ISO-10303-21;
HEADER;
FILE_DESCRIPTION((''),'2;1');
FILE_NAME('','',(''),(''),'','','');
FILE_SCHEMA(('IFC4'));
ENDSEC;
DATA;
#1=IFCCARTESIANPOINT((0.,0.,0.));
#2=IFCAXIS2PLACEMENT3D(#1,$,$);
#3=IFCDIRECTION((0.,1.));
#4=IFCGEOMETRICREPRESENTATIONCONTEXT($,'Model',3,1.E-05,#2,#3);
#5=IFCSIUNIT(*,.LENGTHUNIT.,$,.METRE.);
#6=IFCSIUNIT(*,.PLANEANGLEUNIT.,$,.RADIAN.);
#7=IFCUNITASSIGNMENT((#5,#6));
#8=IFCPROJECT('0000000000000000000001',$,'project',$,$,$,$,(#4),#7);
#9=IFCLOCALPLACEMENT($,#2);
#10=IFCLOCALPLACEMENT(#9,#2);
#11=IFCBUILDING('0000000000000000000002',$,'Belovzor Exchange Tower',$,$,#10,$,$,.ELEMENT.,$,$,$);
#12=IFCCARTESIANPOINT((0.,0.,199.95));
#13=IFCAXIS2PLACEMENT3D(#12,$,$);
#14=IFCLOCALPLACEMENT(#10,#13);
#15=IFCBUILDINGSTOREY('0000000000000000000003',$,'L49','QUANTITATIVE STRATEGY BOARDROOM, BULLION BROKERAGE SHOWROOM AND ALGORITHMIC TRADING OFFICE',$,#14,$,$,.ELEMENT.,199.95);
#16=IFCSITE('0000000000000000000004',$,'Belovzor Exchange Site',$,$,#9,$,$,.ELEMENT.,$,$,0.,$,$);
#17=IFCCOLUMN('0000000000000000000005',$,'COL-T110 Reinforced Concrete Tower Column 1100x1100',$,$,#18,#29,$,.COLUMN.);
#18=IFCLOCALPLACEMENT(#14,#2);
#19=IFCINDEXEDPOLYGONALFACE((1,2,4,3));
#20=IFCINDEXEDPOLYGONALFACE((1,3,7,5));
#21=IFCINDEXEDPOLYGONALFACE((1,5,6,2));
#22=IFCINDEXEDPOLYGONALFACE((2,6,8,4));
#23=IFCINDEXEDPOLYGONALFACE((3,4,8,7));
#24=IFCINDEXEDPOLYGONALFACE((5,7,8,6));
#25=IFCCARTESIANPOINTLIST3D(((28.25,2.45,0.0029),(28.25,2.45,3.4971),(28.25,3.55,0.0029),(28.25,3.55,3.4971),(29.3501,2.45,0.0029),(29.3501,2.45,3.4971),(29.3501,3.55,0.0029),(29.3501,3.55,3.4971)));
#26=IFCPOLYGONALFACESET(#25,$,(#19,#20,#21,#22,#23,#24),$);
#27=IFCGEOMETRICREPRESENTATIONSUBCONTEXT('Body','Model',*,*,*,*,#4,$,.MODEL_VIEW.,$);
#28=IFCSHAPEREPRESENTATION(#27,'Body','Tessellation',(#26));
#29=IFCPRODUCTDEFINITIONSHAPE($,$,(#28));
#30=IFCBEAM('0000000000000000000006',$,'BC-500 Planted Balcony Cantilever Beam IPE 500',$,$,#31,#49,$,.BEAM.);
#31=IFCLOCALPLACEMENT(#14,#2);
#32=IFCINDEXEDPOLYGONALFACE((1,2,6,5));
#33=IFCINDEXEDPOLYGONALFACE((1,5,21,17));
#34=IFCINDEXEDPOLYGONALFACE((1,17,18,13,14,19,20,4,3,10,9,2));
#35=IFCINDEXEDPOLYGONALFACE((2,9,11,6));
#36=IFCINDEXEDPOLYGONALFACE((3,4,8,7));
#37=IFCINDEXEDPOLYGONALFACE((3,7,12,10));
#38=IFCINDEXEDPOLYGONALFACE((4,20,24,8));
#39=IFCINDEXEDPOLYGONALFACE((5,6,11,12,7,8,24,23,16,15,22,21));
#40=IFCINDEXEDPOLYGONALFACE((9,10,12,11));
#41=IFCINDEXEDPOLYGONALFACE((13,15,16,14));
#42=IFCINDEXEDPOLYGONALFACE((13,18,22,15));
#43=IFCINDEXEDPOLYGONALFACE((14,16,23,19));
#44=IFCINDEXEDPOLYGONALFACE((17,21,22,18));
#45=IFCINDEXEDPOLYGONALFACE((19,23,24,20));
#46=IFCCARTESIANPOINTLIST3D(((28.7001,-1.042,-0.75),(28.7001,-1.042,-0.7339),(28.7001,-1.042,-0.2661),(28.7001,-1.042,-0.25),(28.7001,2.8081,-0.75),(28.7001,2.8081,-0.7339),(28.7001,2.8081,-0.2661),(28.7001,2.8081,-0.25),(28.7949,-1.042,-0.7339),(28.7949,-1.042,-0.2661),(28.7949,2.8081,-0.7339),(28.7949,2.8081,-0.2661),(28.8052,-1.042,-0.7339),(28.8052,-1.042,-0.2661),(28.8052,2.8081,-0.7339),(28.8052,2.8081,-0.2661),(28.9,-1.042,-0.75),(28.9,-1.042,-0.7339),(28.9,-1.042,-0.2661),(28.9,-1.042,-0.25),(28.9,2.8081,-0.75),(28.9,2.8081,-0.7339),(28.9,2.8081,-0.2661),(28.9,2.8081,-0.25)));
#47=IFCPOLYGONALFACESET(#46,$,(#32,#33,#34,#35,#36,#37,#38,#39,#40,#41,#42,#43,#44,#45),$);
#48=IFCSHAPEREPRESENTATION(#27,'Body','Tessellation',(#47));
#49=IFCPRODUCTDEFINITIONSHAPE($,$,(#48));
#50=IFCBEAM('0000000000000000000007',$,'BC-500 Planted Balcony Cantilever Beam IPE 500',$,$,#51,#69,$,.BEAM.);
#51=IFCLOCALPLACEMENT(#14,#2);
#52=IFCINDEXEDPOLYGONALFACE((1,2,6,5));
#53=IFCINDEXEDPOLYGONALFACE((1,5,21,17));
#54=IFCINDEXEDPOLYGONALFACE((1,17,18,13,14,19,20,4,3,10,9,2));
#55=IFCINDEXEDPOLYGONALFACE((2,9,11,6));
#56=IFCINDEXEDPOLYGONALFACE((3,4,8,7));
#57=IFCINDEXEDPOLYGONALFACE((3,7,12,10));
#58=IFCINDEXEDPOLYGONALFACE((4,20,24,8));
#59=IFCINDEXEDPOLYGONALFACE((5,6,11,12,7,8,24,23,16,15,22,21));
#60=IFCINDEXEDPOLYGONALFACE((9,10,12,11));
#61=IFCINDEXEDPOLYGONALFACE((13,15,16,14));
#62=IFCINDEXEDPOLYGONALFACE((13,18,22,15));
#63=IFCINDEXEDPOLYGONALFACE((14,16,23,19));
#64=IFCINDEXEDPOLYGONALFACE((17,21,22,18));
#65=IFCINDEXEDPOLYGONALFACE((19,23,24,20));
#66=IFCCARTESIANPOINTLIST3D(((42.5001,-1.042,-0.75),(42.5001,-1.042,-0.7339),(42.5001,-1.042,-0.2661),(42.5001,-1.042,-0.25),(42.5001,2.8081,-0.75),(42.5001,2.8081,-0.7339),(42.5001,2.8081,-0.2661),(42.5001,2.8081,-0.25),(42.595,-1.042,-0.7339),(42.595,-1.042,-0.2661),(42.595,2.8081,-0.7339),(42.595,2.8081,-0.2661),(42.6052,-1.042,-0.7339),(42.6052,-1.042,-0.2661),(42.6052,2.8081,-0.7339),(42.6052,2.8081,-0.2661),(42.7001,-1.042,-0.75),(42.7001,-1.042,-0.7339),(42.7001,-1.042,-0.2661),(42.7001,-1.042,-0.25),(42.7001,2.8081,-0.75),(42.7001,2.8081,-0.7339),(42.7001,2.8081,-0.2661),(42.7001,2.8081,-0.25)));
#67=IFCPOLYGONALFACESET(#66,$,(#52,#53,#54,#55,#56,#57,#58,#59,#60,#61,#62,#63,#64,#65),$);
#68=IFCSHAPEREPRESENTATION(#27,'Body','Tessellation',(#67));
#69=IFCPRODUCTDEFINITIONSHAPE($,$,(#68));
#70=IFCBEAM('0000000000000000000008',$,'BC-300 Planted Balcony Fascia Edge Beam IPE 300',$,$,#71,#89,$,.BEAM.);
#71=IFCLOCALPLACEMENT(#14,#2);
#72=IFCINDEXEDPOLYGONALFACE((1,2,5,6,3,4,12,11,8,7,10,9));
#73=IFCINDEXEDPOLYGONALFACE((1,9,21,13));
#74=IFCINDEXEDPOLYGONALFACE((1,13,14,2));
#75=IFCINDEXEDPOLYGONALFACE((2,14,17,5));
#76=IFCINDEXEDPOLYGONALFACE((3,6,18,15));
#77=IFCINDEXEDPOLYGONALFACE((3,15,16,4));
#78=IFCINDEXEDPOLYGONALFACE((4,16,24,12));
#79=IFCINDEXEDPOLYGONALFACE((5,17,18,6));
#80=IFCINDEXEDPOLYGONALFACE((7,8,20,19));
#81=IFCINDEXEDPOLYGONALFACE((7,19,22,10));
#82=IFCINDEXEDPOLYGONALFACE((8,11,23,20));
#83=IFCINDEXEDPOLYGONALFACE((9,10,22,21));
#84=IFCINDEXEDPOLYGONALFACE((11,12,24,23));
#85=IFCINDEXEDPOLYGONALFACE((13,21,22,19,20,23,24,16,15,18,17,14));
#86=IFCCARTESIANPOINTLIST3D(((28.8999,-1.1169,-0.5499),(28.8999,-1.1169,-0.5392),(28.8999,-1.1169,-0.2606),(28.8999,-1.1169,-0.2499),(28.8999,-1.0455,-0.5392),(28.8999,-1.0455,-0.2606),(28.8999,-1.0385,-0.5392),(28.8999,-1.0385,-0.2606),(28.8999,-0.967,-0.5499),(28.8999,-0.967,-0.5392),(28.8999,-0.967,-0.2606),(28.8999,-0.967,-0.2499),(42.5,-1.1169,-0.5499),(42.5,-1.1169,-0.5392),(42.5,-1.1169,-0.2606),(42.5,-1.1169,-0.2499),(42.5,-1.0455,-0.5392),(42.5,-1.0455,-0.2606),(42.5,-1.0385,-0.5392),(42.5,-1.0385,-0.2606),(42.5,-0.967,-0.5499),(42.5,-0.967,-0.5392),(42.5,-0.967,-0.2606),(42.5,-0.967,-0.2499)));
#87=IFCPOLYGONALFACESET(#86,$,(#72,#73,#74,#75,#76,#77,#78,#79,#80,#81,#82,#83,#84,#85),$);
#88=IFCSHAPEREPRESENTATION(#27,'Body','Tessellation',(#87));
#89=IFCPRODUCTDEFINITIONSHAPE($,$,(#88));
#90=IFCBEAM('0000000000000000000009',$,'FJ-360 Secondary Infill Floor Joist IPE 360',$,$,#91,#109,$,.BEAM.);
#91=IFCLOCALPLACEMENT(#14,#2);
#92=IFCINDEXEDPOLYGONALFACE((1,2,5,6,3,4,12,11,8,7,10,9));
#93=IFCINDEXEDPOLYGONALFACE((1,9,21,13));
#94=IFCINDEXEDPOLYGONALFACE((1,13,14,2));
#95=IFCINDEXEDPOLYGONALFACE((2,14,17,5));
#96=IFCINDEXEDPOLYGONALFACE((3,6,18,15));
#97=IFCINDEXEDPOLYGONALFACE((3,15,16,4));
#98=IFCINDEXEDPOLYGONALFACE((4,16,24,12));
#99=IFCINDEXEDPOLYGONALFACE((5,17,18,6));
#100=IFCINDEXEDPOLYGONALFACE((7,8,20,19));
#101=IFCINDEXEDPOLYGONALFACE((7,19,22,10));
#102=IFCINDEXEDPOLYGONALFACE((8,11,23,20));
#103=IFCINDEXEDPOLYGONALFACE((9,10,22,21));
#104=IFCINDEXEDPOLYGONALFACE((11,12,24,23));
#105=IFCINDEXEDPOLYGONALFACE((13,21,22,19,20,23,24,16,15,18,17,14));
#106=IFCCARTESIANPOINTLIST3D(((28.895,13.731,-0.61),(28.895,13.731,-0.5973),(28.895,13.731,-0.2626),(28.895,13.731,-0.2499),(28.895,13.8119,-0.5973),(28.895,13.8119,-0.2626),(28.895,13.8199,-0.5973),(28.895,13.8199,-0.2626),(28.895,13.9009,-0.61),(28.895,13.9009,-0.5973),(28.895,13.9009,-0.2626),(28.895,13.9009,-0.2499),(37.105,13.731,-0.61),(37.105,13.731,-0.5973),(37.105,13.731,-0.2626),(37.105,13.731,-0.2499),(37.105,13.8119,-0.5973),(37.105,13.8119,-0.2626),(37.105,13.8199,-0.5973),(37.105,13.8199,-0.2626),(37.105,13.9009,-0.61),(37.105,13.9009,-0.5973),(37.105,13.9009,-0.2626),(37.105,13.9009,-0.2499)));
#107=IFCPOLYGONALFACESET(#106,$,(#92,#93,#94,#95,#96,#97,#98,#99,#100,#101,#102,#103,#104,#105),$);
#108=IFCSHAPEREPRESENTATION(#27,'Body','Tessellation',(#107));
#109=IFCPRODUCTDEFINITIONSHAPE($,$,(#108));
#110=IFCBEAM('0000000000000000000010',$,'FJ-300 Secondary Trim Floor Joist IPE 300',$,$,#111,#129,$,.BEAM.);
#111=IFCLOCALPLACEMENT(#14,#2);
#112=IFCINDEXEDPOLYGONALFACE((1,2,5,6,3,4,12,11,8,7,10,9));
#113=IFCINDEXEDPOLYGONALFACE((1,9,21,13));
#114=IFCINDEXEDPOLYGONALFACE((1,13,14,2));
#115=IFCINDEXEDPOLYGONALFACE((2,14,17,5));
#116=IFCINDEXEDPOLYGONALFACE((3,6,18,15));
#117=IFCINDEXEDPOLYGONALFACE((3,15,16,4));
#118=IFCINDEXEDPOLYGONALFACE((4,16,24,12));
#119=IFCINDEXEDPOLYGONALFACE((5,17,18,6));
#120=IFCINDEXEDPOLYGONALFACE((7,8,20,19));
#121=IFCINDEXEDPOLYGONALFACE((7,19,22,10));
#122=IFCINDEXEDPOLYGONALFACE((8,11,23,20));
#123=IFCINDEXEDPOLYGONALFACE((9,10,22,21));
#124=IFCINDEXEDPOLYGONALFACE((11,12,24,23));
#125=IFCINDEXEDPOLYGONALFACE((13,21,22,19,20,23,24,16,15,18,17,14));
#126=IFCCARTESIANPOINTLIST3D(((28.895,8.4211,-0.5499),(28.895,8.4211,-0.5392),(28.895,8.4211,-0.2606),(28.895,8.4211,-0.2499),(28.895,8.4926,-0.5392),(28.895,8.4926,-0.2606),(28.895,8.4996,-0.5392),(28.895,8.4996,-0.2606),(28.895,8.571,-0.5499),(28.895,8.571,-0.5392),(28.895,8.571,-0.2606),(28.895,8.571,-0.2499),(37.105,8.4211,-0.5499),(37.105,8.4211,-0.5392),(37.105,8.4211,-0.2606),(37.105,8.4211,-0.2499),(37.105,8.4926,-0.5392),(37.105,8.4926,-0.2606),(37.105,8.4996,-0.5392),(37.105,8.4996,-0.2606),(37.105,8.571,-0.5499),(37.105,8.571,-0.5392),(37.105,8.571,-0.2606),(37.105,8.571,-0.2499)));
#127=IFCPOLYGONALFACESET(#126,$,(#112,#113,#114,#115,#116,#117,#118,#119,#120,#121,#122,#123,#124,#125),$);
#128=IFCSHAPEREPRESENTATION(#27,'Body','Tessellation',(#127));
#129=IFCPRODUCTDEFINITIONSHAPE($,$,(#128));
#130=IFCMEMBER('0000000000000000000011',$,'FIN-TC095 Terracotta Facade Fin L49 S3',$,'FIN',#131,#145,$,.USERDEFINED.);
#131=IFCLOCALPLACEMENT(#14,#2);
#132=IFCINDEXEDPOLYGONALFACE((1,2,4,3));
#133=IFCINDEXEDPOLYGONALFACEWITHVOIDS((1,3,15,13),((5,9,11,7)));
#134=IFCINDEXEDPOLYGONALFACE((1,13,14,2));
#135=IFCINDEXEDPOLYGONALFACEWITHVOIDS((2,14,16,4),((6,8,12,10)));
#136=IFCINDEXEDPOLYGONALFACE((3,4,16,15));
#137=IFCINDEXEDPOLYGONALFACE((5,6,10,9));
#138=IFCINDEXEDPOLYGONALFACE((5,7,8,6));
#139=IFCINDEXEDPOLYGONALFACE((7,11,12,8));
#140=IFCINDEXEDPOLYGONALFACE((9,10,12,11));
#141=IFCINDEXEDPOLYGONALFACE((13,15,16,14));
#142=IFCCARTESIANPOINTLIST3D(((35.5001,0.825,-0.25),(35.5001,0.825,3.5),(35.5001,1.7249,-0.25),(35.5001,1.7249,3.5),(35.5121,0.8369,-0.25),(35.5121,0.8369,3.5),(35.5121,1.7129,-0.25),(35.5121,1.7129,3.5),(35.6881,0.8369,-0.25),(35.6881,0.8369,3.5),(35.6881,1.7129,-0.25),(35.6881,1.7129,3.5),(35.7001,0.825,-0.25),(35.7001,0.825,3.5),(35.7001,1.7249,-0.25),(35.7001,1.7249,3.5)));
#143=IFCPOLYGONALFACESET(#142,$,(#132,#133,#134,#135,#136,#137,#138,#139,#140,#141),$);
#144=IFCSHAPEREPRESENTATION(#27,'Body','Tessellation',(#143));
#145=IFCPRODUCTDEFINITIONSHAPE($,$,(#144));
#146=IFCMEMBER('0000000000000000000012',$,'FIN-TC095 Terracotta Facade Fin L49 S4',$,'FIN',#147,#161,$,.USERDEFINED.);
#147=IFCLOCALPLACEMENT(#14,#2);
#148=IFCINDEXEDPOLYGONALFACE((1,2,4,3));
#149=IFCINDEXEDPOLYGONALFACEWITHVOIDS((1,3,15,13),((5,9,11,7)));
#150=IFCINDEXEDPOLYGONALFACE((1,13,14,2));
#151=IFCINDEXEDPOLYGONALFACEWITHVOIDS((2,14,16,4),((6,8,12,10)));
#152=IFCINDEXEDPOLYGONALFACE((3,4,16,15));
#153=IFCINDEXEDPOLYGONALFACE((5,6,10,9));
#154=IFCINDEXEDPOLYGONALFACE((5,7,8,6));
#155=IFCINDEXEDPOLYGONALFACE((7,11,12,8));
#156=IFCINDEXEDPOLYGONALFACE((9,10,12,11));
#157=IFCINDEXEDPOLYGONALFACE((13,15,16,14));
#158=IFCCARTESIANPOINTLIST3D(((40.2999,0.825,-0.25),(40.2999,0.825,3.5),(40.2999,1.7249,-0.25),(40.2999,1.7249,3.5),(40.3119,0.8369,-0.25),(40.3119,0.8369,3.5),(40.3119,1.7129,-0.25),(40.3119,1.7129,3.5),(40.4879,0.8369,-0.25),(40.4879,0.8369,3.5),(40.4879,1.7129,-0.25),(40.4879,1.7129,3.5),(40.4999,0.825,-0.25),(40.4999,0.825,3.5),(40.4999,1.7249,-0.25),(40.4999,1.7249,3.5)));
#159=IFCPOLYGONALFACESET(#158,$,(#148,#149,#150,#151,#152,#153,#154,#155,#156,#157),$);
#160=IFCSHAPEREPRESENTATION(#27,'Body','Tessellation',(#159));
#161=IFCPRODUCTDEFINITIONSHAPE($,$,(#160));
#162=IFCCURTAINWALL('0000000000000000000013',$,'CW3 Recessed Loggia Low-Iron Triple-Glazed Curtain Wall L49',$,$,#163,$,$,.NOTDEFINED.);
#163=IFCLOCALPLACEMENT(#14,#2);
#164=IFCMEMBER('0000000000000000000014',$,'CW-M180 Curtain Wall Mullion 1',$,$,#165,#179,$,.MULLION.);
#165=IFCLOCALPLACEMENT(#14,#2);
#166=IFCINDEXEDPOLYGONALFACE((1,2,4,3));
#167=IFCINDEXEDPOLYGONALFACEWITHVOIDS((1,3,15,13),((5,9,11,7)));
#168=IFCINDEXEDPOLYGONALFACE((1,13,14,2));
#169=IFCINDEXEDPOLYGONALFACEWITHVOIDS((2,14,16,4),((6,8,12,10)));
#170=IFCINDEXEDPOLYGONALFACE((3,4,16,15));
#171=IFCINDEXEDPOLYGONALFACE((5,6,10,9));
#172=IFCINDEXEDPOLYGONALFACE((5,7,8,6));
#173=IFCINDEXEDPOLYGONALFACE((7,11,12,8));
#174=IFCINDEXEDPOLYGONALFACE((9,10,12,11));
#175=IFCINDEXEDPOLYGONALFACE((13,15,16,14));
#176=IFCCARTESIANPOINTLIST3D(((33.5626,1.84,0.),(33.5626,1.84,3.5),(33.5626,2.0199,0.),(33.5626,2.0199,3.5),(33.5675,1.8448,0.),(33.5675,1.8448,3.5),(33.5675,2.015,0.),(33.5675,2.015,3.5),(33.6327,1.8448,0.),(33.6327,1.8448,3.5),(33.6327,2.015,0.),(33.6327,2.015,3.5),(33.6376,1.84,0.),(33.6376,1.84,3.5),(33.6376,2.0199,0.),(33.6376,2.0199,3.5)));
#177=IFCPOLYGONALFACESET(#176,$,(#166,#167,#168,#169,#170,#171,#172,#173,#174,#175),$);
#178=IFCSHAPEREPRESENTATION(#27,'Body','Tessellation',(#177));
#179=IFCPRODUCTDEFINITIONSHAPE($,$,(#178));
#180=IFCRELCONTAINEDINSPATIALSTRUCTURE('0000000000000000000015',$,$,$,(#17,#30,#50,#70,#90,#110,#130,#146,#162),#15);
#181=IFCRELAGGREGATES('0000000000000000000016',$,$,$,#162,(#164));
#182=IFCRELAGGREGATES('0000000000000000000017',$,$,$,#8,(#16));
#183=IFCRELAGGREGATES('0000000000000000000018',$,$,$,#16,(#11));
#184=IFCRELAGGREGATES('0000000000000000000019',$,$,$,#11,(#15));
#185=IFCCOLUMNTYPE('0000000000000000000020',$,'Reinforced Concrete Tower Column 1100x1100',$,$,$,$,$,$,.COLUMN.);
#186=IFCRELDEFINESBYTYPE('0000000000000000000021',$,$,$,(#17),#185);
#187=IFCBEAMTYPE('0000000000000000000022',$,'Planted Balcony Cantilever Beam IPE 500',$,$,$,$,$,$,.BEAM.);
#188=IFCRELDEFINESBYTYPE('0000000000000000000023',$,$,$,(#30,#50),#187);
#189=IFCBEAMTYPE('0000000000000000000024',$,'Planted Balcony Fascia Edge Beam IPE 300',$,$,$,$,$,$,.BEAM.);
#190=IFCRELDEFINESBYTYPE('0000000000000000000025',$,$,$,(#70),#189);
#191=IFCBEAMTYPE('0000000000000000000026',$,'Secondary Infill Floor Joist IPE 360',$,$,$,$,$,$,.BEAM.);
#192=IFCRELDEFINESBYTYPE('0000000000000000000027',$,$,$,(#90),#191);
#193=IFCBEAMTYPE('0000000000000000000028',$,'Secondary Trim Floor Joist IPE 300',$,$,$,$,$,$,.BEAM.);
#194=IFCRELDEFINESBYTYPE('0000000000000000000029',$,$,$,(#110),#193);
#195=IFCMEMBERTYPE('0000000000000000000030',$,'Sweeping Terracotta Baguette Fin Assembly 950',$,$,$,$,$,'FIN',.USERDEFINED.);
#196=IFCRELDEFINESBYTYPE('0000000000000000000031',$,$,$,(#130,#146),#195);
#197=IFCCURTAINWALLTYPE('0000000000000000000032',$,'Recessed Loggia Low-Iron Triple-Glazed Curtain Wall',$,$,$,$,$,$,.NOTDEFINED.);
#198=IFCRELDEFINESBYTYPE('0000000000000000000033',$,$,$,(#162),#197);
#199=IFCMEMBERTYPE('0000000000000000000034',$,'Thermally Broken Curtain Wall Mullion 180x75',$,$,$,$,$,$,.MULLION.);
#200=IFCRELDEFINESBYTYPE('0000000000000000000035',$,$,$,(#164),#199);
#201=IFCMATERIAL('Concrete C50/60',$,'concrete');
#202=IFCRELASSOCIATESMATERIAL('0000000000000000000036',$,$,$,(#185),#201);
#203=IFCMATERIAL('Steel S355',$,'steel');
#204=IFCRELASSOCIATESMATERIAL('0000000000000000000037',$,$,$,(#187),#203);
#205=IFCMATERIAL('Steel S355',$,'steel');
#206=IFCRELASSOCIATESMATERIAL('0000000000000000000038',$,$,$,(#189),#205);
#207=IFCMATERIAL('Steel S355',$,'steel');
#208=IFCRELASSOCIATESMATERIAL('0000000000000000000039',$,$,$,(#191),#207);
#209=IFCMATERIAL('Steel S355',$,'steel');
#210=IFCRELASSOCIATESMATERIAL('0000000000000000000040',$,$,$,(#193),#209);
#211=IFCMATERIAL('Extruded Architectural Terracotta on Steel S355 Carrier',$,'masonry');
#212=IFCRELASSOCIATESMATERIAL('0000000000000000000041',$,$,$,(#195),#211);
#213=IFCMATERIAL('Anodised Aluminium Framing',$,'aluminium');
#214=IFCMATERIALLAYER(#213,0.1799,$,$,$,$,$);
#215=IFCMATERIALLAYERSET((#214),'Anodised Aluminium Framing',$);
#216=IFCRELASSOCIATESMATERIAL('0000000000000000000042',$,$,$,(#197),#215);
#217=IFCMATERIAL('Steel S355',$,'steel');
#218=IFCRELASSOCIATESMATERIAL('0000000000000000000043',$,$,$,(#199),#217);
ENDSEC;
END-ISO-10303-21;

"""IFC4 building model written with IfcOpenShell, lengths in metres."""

from ifc_helpers import new_model, si_unit, direction, frame, origin, origin_2d, place, context, subcontext, project, spatial, rectangle, hollow_rectangle, i_section, extrude, material, layer, layer_set, material_profile, profile_set, type_object, element, aggregate, save


model = new_model("IFC4")

# Units and contexts
model_context = context("Model", 3, precision=1e-05, world=origin(), true_north=direction((0.0, 1.0)))
body_context = subcontext(model_context, "Body", "Model", "MODEL_VIEW")
ifc_project = project(units=[si_unit("LENGTHUNIT", "METRE"), si_unit("PLANEANGLEUNIT", "RADIAN")], contexts=[model_context])

# Site, building, storey
site_placement = place(None, origin())
site = spatial("IfcSite", under=ifc_project, at=site_placement, Name="Belovzor Exchange Site", CompositionType="ELEMENT", RefElevation=0.0)
building_placement = place(site_placement, origin())
building = spatial("IfcBuilding", under=site, at=building_placement, Name="Belovzor Exchange Tower", CompositionType="ELEMENT")
storey_placement = place(building_placement, frame((0.0, 0.0, 199.95)))
storey = spatial("IfcBuildingStorey", under=building, at=storey_placement, Name="L49", Description="QUANTITATIVE STRATEGY BOARDROOM, BULLION BROKERAGE SHOWROOM AND ALGORITHMIC TRADING OFFICE", CompositionType="ELEMENT", Elevation=199.95)

# Column
ifc_material_1 = material(Name="Concrete C50/60", Category="concrete")
ifc_material_profile_1 = material_profile(ifc_material_1, rectangle(XDim=1.1001, YDim=1.1001, at=origin_2d()))
ifc_profile_set_1 = profile_set([ifc_material_profile_1], Name="Concrete C50/60")
column_type = type_object("IfcColumnType", Name="Reinforced Concrete Tower Column 1100x1100", PredefinedType="COLUMN", material=ifc_profile_set_1)
column_placement = place(storey_placement, frame((28.8, 3.0, 0.0029), z_axis=(0.0, 0.0, 1.0), x_axis=(1.0, 0.0, 0.0)))
element("IfcColumn", 1, at=column_placement, inside=storey, type_object=column_type, Name="COL-T110 Reinforced Concrete Tower Column 1100x1100", PredefinedType="COLUMN", context=body_context, shape_type="SweptSolid", body=[
    extrude(rectangle(XDim=1.1001, YDim=1.1001, at=origin_2d()), origin(), (0.0, 0.0, 1.0), 3.4941),
])

# Beams
ifc_material_2 = material(Name="Steel S355", Category="steel")
ifc_material_profile_2 = material_profile(ifc_material_2, i_section(OverallWidth=0.2, OverallDepth=0.5, WebThickness=0.0103, FlangeThickness=0.0161, at=origin_2d()))
ifc_profile_set_2 = profile_set([ifc_material_profile_2], Name="Steel S355")
beam_type_1 = type_object("IfcBeamType", Name="Planted Balcony Cantilever Beam IPE 500", PredefinedType="BEAM", material=ifc_profile_set_2)
for number, where, z_axis, x_axis, name in (
    (2, (28.8, 2.8081, -0.5), (0.0, -1.0, 0.0), (1.0, 0.0, 0.0), "BC-500 Planted Balcony Cantilever Beam IPE 500"),
    (3, (42.6001, 2.8081, -0.5), (0.0, -1.0, 0.0), (1.0, 0.0, 0.0), "BC-500 Planted Balcony Cantilever Beam IPE 500"),
):
    element("IfcBeam", number, at=place(storey_placement, frame(where, z_axis=z_axis, x_axis=x_axis)), inside=storey, type_object=beam_type_1, Name=name, PredefinedType="BEAM", context=body_context, shape_type="SweptSolid", body=[
        extrude(i_section(OverallWidth=0.2, OverallDepth=0.5, WebThickness=0.0103, FlangeThickness=0.0161, at=origin_2d()), origin(), (0.0, 0.0, 1.0), 3.8501),
    ])
ifc_material_3 = material(Name="Steel S355", Category="steel")
ifc_material_profile_3 = material_profile(ifc_material_3, i_section(OverallWidth=0.1499, OverallDepth=0.3, WebThickness=0.0071, FlangeThickness=0.0107, at=origin_2d()))
ifc_profile_set_3 = profile_set([ifc_material_profile_3], Name="Steel S355")
beam_type_2 = type_object("IfcBeamType", Name="Planted Balcony Fascia Edge Beam IPE 300", PredefinedType="BEAM", material=ifc_profile_set_3)
beam_1_placement = place(storey_placement, frame((28.8999, -1.042, -0.3999), z_axis=(1.0, 0.0, 0.0), x_axis=(0.0, 1.0, 0.0)))
element("IfcBeam", 4, at=beam_1_placement, inside=storey, type_object=beam_type_2, Name="BC-300 Planted Balcony Fascia Edge Beam IPE 300", PredefinedType="BEAM", context=body_context, shape_type="SweptSolid", body=[
    extrude(i_section(OverallWidth=0.1499, OverallDepth=0.3, WebThickness=0.0071, FlangeThickness=0.0107, at=origin_2d()), origin(), (0.0, 0.0, 1.0), 13.6001),
])
ifc_material_4 = material(Name="Steel S355", Category="steel")
ifc_material_profile_4 = material_profile(ifc_material_4, i_section(OverallWidth=0.1699, OverallDepth=0.3601, WebThickness=0.0081, FlangeThickness=0.0127, at=origin_2d()))
ifc_profile_set_4 = profile_set([ifc_material_profile_4], Name="Steel S355")
beam_type_3 = type_object("IfcBeamType", Name="Secondary Infill Floor Joist IPE 360", PredefinedType="BEAM", material=ifc_profile_set_4)
beam_2_placement = place(storey_placement, frame((28.895, 13.8159, -0.4299), z_axis=(1.0, 0.0, 0.0), x_axis=(0.0, 1.0, 0.0)))
element("IfcBeam", 5, at=beam_2_placement, inside=storey, type_object=beam_type_3, Name="FJ-360 Secondary Infill Floor Joist IPE 360", PredefinedType="BEAM", context=body_context, shape_type="SweptSolid", body=[
    extrude(i_section(OverallWidth=0.1699, OverallDepth=0.3601, WebThickness=0.0081, FlangeThickness=0.0127, at=origin_2d()), origin(), (0.0, 0.0, 1.0), 8.21),
])
ifc_material_5 = material(Name="Steel S355", Category="steel")
ifc_material_profile_5 = material_profile(ifc_material_5, i_section(OverallWidth=0.1499, OverallDepth=0.3, WebThickness=0.0071, FlangeThickness=0.0107, at=origin_2d()))
ifc_profile_set_5 = profile_set([ifc_material_profile_5], Name="Steel S355")
beam_type_4 = type_object("IfcBeamType", Name="Secondary Trim Floor Joist IPE 300", PredefinedType="BEAM", material=ifc_profile_set_5)
beam_3_placement = place(storey_placement, frame((28.895, 8.4961, -0.3999), z_axis=(1.0, 0.0, 0.0), x_axis=(0.0, 1.0, 0.0)))
element("IfcBeam", 6, at=beam_3_placement, inside=storey, type_object=beam_type_4, Name="FJ-300 Secondary Trim Floor Joist IPE 300", PredefinedType="BEAM", context=body_context, shape_type="SweptSolid", body=[
    extrude(i_section(OverallWidth=0.1499, OverallDepth=0.3, WebThickness=0.0071, FlangeThickness=0.0107, at=origin_2d()), origin(), (0.0, 0.0, 1.0), 8.21),
])

# Members
ifc_material_6 = material(Name="Extruded Architectural Terracotta on Steel S355 Carrier", Category="masonry")
ifc_material_profile_6 = material_profile(ifc_material_6, hollow_rectangle(XDim=0.2, YDim=0.8999, WallThickness=0.012, at=origin_2d()))
ifc_profile_set_6 = profile_set([ifc_material_profile_6], Name="Extruded Architectural Terracotta on Steel S355 Carrier")
member_type_1 = type_object("IfcMemberType", Name="Sweeping Terracotta Baguette Fin Assembly 950", ElementType="FIN", PredefinedType="USERDEFINED", material=ifc_profile_set_6)
for number, where, z_axis, x_axis, name in (
    (7, (35.6001, 1.2749, -0.25), (0.0, 0.0, 1.0), (1.0, 0.0, 0.0), "FIN-TC095 Terracotta Facade Fin L49 S3"),
    (8, (40.3999, 1.2749, -0.25), (0.0, 0.0, 1.0), (1.0, 0.0, 0.0), "FIN-TC095 Terracotta Facade Fin L49 S4"),
):
    element("IfcMember", number, at=place(storey_placement, frame(where, z_axis=z_axis, x_axis=x_axis)), inside=storey, type_object=member_type_1, Name=name, ObjectType="FIN", PredefinedType="USERDEFINED", context=body_context, shape_type="SweptSolid", body=[
        extrude(hollow_rectangle(XDim=0.2, YDim=0.8999, WallThickness=0.012, at=origin_2d()), origin(), (0.0, 0.0, 1.0), 3.75),
    ])

# Curtain wall, member
ifc_material_7 = material(Name="Anodised Aluminium Framing", Category="aluminium")
ifc_layer_1 = layer(ifc_material_7, 0.1799)
ifc_layer_set_1 = layer_set([ifc_layer_1], Name="Anodised Aluminium Framing")
curtain_wall_type = type_object("IfcCurtainWallType", Name="Recessed Loggia Low-Iron Triple-Glazed Curtain Wall", PredefinedType="NOTDEFINED", material=ifc_layer_set_1)
curtain_wall_placement = place(storey_placement, origin())
curtain_wall = element("IfcCurtainWall", 9, at=curtain_wall_placement, inside=storey, type_object=curtain_wall_type, Name="CW3 Recessed Loggia Low-Iron Triple-Glazed Curtain Wall L49", PredefinedType="NOTDEFINED")
ifc_material_8 = material(Name="Steel S355", Category="steel")
ifc_material_profile_7 = material_profile(ifc_material_8, hollow_rectangle(XDim=0.075, YDim=0.1799, WallThickness=0.0049, at=origin_2d()))
ifc_profile_set_7 = profile_set([ifc_material_profile_7], Name="Steel S355")
member_type_2 = type_object("IfcMemberType", Name="Thermally Broken Curtain Wall Mullion 180x75", PredefinedType="MULLION", material=ifc_profile_set_7)
member_1_placement = place(storey_placement, frame((33.6001, 1.9299, 0.0), z_axis=(0.0, 0.0, 1.0), x_axis=(-1.0, 0.0, 0.0)))
member_1 = element("IfcMember", 10, at=member_1_placement, type_object=member_type_2, Name="CW-M180 Curtain Wall Mullion 1", PredefinedType="MULLION", context=body_context, shape_type="SweptSolid", body=[
    extrude(hollow_rectangle(XDim=0.075, YDim=0.1799, WallThickness=0.0049, at=origin_2d()), origin(), (0.0, 0.0, 1.0), 3.5),
])

aggregate(curtain_wall, [member_1])

save(model, "model.ifc")
